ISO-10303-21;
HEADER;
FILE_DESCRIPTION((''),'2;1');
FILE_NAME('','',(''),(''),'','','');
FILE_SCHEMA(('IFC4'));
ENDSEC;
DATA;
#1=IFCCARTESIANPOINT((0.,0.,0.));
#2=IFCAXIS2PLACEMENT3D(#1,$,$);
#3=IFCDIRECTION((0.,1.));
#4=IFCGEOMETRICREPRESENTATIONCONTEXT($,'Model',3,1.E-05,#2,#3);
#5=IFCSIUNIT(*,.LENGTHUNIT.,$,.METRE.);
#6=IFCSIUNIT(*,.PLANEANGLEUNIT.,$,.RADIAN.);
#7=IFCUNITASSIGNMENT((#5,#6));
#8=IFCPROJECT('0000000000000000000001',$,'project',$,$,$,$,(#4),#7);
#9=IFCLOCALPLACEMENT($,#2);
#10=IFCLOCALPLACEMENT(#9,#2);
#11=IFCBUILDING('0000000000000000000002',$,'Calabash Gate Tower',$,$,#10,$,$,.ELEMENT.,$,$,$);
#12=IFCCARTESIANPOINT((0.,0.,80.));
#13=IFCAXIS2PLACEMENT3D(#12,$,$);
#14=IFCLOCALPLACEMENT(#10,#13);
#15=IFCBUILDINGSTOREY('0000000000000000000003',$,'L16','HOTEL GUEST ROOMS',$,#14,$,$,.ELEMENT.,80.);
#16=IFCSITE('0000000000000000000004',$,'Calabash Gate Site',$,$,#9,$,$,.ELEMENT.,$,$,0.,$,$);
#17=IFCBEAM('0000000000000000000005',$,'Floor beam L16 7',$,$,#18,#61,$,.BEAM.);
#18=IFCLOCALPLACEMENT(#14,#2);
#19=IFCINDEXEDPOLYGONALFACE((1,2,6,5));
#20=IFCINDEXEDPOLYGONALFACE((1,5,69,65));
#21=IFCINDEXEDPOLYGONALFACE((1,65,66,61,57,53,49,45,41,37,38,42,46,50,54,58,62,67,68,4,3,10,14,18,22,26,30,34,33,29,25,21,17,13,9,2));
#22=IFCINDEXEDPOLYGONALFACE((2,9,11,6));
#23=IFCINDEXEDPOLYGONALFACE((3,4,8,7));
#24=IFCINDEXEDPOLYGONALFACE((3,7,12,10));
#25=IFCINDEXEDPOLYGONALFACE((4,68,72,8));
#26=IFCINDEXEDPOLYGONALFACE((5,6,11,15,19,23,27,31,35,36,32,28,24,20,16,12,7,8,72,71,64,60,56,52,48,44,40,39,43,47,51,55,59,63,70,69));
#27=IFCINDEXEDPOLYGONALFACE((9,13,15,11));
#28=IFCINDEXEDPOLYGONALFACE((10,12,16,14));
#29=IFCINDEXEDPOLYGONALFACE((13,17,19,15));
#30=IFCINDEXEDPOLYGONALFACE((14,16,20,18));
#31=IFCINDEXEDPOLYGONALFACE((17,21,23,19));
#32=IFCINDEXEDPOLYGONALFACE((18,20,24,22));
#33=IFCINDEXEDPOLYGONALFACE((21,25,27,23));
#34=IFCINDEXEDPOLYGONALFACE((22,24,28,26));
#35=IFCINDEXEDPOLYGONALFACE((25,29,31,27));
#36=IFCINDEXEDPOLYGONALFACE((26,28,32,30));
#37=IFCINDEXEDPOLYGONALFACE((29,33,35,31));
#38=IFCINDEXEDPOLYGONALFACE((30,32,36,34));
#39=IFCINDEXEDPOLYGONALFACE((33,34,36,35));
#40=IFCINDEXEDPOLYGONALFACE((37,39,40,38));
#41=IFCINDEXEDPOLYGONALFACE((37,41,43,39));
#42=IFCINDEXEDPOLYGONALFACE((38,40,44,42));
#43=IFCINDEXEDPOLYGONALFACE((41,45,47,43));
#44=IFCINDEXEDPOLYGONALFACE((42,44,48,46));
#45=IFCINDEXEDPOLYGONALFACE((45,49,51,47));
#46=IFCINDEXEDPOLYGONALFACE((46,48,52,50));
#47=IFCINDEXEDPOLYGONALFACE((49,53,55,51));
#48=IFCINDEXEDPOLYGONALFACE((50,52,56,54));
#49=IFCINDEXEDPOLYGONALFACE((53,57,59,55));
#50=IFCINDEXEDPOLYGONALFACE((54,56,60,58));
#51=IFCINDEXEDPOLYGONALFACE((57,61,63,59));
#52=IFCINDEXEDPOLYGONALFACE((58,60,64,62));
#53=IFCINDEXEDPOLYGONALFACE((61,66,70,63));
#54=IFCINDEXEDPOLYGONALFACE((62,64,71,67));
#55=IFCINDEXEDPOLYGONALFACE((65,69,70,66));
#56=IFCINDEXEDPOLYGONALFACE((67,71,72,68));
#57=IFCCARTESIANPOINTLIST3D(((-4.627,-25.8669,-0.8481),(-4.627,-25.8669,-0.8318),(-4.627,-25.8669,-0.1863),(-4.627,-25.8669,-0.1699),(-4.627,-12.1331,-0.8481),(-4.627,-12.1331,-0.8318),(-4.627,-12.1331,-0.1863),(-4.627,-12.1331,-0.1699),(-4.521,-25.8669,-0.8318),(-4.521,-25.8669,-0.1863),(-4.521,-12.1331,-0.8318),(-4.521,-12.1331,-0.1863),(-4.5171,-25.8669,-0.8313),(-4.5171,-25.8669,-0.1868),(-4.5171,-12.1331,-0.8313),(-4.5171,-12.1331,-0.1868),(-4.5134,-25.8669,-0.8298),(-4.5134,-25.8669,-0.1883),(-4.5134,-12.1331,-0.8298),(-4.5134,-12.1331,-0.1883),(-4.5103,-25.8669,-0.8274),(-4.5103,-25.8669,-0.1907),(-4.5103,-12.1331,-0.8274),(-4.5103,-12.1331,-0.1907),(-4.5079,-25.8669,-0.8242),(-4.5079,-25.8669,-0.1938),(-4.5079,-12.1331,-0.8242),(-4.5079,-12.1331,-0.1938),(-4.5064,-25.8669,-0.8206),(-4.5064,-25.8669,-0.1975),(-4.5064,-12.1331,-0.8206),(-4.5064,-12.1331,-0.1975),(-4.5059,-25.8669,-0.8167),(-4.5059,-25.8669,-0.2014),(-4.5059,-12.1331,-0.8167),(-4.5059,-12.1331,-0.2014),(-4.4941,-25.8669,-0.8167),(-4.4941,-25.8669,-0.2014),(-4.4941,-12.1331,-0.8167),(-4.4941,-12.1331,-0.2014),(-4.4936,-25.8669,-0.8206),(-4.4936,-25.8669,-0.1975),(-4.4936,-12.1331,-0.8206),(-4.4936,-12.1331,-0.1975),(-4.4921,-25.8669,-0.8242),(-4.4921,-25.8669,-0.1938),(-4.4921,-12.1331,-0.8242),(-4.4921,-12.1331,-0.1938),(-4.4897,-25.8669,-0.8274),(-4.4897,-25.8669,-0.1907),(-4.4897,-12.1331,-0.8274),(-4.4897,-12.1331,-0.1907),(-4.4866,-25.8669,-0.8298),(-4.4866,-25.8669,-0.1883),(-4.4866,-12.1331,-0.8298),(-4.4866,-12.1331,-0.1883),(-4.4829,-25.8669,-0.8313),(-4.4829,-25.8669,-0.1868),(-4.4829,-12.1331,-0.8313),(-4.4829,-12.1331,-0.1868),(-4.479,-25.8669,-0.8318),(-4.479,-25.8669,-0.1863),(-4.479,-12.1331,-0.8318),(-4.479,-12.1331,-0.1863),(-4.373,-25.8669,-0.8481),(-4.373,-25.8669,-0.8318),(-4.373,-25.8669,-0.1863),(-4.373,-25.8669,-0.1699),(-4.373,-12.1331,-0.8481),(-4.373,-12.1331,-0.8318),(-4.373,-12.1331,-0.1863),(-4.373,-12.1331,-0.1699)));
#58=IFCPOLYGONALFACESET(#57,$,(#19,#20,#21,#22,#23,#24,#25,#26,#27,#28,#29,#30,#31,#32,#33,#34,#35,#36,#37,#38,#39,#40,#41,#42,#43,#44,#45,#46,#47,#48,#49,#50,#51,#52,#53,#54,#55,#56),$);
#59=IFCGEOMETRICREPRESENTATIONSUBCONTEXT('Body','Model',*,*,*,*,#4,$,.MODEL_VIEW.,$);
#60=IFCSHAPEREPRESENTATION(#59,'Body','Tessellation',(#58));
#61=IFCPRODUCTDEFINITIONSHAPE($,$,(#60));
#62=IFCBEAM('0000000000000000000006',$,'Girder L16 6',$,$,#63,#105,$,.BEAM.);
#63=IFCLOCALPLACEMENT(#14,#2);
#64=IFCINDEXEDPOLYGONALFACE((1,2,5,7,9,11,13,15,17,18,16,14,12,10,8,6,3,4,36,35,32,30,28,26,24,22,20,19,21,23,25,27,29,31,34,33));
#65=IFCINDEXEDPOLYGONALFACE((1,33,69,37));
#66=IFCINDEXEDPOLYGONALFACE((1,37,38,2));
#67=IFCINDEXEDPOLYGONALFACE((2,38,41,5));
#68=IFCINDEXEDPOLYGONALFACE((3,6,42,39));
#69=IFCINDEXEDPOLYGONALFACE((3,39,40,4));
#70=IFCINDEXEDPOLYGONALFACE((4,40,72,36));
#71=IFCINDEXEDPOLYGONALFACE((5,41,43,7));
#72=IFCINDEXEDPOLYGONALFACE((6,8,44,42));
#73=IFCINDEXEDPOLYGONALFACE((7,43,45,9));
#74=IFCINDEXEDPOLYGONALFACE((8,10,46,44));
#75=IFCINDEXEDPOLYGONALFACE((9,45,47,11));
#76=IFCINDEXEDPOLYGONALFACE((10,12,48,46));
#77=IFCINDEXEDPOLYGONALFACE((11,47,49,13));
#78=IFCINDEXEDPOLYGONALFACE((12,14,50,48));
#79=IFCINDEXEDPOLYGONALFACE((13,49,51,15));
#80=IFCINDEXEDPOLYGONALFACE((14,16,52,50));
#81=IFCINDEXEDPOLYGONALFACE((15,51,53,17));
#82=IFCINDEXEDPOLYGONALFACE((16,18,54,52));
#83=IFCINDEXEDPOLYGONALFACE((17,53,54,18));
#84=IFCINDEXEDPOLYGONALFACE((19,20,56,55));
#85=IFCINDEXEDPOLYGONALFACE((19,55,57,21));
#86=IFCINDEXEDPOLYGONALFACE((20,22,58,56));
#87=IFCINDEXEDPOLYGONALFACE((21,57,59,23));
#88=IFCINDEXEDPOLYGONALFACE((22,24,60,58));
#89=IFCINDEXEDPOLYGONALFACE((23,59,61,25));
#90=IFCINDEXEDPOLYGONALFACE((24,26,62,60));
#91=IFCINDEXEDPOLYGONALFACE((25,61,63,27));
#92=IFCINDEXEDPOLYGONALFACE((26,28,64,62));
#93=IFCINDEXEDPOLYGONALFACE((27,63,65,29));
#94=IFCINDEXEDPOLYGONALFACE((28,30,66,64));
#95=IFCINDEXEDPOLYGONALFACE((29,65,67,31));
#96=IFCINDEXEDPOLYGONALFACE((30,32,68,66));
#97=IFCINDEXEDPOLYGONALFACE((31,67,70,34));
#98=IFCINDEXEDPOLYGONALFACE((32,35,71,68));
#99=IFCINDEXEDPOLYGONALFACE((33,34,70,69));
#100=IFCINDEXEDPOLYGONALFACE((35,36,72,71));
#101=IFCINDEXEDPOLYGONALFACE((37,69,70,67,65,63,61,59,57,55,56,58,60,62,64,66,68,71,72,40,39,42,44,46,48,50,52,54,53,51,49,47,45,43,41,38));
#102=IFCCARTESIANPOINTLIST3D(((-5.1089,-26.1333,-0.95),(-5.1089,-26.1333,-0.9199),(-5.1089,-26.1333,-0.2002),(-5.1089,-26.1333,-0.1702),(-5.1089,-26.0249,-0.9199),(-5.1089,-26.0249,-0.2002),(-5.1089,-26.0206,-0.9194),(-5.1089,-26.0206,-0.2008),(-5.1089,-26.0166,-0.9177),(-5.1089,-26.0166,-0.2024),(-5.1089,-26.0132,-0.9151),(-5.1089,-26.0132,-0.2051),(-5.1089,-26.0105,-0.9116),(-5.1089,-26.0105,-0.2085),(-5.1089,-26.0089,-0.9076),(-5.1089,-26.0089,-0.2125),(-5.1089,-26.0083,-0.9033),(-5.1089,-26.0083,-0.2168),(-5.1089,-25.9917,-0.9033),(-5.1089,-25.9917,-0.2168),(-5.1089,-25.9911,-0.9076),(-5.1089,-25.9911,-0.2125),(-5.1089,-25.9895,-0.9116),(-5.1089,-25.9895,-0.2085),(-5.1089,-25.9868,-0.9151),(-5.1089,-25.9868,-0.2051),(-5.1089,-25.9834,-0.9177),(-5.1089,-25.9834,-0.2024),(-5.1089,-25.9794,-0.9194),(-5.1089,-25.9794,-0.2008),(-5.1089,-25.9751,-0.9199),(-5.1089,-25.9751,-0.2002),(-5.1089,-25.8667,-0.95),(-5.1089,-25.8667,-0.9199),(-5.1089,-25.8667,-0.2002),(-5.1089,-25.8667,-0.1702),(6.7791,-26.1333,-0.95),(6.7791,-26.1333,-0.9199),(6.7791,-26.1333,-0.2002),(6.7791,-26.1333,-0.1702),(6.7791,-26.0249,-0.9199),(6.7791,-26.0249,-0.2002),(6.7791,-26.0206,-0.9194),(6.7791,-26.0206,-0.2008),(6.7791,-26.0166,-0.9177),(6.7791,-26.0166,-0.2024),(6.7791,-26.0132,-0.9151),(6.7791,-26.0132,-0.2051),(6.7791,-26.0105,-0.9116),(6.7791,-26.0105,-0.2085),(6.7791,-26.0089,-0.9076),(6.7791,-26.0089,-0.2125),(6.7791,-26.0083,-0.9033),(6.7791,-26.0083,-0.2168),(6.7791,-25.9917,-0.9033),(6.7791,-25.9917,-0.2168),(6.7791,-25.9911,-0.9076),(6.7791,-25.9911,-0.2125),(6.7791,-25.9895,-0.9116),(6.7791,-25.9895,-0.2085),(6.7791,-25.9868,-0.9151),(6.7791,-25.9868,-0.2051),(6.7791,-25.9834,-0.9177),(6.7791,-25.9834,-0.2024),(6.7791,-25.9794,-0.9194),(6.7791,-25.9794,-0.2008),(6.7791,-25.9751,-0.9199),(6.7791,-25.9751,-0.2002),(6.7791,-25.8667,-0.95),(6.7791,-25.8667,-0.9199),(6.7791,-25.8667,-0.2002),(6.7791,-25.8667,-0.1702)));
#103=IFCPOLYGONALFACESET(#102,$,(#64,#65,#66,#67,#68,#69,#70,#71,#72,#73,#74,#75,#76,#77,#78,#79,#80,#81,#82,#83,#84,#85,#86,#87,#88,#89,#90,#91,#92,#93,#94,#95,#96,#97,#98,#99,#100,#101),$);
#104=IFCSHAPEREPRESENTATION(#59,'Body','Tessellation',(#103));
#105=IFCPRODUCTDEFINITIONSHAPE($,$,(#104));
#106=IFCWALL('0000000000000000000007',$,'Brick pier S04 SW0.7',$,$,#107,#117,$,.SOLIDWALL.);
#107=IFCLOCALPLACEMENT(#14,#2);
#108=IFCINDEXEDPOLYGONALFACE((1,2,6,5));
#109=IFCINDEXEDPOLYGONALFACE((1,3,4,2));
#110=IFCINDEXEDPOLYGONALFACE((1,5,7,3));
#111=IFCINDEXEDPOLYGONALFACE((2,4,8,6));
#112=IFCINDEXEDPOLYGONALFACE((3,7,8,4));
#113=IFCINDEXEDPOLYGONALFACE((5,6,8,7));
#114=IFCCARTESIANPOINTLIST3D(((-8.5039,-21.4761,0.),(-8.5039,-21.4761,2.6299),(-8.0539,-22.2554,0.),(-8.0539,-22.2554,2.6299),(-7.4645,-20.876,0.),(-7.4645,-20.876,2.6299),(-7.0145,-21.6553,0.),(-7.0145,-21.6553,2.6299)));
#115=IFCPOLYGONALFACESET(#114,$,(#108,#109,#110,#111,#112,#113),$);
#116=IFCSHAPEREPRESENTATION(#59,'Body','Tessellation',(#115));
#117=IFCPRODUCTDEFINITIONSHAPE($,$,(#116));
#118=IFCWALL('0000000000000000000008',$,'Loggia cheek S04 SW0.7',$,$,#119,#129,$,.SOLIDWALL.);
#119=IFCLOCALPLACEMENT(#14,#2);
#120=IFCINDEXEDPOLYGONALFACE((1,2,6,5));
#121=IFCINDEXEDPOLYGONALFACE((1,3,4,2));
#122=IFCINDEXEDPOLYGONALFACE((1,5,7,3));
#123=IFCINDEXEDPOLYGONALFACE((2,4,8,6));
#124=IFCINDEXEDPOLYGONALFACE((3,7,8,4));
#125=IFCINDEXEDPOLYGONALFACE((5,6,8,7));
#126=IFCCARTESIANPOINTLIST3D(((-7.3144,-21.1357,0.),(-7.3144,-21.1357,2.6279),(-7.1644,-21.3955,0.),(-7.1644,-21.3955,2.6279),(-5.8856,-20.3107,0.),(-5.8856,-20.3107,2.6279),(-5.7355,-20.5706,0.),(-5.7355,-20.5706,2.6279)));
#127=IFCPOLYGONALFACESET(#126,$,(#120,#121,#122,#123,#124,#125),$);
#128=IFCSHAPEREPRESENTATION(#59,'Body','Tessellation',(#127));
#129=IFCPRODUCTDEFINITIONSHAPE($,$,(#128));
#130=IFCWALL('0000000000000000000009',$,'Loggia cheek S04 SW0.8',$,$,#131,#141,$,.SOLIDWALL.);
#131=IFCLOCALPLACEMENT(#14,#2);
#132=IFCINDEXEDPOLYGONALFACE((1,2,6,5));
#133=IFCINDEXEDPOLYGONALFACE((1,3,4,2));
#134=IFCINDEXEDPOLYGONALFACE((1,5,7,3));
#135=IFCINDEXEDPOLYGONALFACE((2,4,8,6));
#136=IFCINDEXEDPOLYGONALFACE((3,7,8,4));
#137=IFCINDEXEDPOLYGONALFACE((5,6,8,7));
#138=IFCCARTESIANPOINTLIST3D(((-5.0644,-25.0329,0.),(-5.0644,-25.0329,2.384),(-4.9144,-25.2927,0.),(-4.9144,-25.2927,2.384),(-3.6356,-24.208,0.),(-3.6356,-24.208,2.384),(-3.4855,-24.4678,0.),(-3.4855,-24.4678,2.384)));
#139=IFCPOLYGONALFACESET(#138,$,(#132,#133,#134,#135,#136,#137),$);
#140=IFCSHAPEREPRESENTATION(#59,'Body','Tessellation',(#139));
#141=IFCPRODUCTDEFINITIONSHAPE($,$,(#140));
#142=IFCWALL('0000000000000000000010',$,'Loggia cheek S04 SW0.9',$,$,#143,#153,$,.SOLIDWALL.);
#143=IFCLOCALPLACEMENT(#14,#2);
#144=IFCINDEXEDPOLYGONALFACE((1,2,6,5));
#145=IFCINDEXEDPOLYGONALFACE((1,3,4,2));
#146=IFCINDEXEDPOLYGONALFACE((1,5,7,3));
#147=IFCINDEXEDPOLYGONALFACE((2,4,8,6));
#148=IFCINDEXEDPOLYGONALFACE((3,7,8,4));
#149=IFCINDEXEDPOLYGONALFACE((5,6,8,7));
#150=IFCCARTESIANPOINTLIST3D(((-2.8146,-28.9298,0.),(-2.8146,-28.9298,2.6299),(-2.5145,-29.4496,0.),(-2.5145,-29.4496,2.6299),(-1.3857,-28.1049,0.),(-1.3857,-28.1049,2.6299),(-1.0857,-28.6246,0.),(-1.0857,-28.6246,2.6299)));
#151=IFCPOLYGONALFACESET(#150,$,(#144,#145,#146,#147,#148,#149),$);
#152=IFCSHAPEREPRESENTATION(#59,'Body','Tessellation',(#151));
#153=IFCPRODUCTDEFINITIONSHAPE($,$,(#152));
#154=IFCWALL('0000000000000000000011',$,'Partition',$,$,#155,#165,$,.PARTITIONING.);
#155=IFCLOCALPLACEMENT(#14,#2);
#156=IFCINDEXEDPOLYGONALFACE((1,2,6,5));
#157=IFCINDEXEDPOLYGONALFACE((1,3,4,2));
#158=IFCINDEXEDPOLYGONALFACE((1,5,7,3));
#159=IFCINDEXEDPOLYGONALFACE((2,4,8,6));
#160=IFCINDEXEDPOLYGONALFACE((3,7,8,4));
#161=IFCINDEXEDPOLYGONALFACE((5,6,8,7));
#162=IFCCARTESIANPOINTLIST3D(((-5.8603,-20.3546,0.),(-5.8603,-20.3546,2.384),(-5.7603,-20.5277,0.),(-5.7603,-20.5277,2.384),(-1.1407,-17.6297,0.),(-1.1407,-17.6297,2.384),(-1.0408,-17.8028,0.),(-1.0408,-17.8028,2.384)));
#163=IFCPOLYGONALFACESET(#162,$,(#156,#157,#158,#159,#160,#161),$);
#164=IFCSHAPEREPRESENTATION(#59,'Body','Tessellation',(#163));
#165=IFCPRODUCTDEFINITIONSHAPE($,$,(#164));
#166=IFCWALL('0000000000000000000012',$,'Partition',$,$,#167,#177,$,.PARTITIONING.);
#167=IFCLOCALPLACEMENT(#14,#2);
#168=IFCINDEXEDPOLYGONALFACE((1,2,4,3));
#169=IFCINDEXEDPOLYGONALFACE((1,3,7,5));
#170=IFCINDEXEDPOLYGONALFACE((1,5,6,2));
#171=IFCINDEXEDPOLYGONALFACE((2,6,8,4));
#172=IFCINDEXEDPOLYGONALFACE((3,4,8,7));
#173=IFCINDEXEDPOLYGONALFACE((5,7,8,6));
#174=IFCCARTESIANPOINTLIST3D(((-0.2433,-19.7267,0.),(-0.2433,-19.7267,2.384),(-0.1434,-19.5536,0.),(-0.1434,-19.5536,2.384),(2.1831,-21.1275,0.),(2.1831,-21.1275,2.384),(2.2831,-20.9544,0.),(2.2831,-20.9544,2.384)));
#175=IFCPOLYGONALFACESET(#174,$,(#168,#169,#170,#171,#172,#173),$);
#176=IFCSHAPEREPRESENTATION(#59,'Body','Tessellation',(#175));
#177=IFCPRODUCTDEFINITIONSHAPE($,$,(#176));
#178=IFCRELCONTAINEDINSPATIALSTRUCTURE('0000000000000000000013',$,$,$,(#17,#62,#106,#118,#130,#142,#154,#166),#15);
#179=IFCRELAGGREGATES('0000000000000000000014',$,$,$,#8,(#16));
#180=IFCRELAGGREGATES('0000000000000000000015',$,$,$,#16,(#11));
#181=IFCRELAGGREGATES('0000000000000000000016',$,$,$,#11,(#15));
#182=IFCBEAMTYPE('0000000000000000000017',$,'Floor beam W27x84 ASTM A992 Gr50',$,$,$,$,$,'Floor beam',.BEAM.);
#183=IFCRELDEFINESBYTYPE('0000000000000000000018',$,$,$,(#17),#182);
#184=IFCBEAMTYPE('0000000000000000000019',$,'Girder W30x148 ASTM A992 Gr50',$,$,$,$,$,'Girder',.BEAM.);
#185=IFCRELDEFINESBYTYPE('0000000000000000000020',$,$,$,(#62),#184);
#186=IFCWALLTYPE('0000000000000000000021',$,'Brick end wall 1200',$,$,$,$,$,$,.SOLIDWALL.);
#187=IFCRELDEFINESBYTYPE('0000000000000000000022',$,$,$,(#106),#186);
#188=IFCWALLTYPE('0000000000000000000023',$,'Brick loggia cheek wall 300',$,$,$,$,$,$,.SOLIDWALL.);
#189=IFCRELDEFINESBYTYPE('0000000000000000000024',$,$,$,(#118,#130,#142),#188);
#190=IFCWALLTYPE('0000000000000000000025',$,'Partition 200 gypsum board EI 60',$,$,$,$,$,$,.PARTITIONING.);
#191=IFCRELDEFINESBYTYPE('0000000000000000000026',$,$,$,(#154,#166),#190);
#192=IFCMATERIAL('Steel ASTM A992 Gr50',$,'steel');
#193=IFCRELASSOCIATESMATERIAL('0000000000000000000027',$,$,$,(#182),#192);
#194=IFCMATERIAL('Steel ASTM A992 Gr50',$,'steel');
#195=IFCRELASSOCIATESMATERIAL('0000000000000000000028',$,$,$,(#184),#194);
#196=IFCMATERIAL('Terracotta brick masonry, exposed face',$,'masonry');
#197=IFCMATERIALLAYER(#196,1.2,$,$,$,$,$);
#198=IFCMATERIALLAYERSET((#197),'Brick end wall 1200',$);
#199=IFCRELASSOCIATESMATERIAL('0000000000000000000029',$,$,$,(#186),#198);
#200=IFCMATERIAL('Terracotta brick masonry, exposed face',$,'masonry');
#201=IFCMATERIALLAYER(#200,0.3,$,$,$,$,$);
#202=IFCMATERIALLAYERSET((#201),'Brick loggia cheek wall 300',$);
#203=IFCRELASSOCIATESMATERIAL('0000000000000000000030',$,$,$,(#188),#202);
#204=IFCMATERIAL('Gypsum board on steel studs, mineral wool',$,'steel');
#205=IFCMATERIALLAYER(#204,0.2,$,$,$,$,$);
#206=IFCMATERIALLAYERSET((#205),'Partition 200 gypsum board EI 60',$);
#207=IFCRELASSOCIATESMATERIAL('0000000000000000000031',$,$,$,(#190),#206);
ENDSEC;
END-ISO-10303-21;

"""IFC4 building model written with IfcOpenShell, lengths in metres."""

from ifc_helpers import new_model, si_unit, direction, frame, frame_2d, origin, origin_2d, place, context, subcontext, project, spatial, rectangle, i_section, extrude, material, layer, layer_set, material_profile, profile_set, type_object, element, save


model = new_model("IFC4")

# Units and contexts
model_context = context("Model", 3, precision=1e-05, world=origin(), true_north=direction((0.0, 1.0)))
body_context = subcontext(model_context, "Body", "Model", "MODEL_VIEW")
ifc_project = project(units=[si_unit("LENGTHUNIT", "METRE"), si_unit("PLANEANGLEUNIT", "RADIAN")], contexts=[model_context])

# Site, building, storey
site_placement = place(None, origin())
site = spatial("IfcSite", under=ifc_project, at=site_placement, Name="Calabash Gate Site", CompositionType="ELEMENT", RefElevation=0.0)
building_placement = place(site_placement, origin())
building = spatial("IfcBuilding", under=site, at=building_placement, Name="Calabash Gate Tower", CompositionType="ELEMENT")
storey_placement = place(building_placement, frame((0.0, 0.0, 80.0)))
storey = spatial("IfcBuildingStorey", under=building, at=storey_placement, Name="L16", Description="HOTEL GUEST ROOMS", CompositionType="ELEMENT", Elevation=80.0)

# Beams
ifc_material_1 = material(Name="Steel ASTM A992 Gr50", Category="steel")
ifc_material_profile_1 = material_profile(ifc_material_1, i_section(OverallWidth=0.2539, OverallDepth=0.6782, WebThickness=0.0117, FlangeThickness=0.0164, FilletRadius=0.0151, at=origin_2d()))
ifc_profile_set_1 = profile_set([ifc_material_profile_1], Name="Steel ASTM A992 Gr50")
beam_type_1 = type_object("IfcBeamType", Name="Floor beam W27x84 ASTM A992 Gr50", ElementType="Floor beam", PredefinedType="BEAM", material=ifc_profile_set_1)
beam_1_placement = place(storey_placement, frame((-4.5, -25.8669, -0.509), z_axis=(0.0, 1.0, 0.0), x_axis=(-1.0, 0.0, 0.0)))
element("IfcBeam", 1, at=beam_1_placement, inside=storey, type_object=beam_type_1, Name="Floor beam L16 7", PredefinedType="BEAM", context=body_context, shape_type="SweptSolid", body=[
    extrude(i_section(OverallWidth=0.2539, OverallDepth=0.6782, WebThickness=0.0117, FlangeThickness=0.0164, FilletRadius=0.0151, at=origin_2d()), origin(), (0.0, 0.0, 1.0), 13.7339),
])
ifc_material_2 = material(Name="Steel ASTM A992 Gr50", Category="steel")
ifc_material_profile_2 = material_profile(ifc_material_2, i_section(OverallWidth=0.2666, OverallDepth=0.7798, WebThickness=0.0166, FlangeThickness=0.03, FilletRadius=0.0166, at=origin_2d()))
ifc_profile_set_2 = profile_set([ifc_material_profile_2], Name="Steel ASTM A992 Gr50")
beam_type_2 = type_object("IfcBeamType", Name="Girder W30x148 ASTM A992 Gr50", ElementType="Girder", PredefinedType="BEAM", material=ifc_profile_set_2)
beam_2_placement = place(storey_placement, frame((-5.1089, -26.0, -0.5601), z_axis=(1.0, 0.0, 0.0), x_axis=(0.0, 1.0, 0.0)))
element("IfcBeam", 2, at=beam_2_placement, inside=storey, type_object=beam_type_2, Name="Girder L16 6", PredefinedType="BEAM", context=body_context, shape_type="SweptSolid", body=[
    extrude(i_section(OverallWidth=0.2666, OverallDepth=0.7798, WebThickness=0.0166, FlangeThickness=0.03, FilletRadius=0.0166, at=origin_2d()), origin(), (0.0, 0.0, 1.0), 11.8879),
])

# Walls
ifc_material_3 = material(Name="Terracotta brick masonry, exposed face", Category="masonry")
ifc_layer_1 = layer(ifc_material_3, 1.2)
ifc_layer_set_1 = layer_set([ifc_layer_1], Name="Brick end wall 1200")
wall_type_1 = type_object("IfcWallType", Name="Brick end wall 1200", PredefinedType="SOLIDWALL", material=ifc_layer_set_1)
wall_1_placement = place(storey_placement, frame((-7.2395, -21.2656, 0.0), z_axis=(0.0, 0.0, 1.0), x_axis=(-0.866006, -0.500034, 0.0)))
element("IfcWall", 3, at=wall_1_placement, inside=storey, type_object=wall_type_1, Name="Brick pier S04 SW0.7", PredefinedType="SOLIDWALL", context=body_context, shape_type="SweptSolid", body=[
    extrude(rectangle(XDim=1.2002, YDim=0.8999, at=frame_2d((0.6001, 0.0))), origin(), (0.0, 0.0, 1.0), 2.6299),
])
ifc_material_4 = material(Name="Terracotta brick masonry, exposed face", Category="masonry")
ifc_layer_2 = layer(ifc_material_4, 0.3)
ifc_layer_set_2 = layer_set([ifc_layer_2], Name="Brick loggia cheek wall 300")
wall_type_2 = type_object("IfcWallType", Name="Brick loggia cheek wall 300", PredefinedType="SOLIDWALL", material=ifc_layer_set_2)
wall_2_placement = place(storey_placement, frame((-5.8105, -20.4407, 0.0), z_axis=(0.0, 0.0, 1.0), x_axis=(-0.86604, -0.499974, 0.0)))
element("IfcWall", 4, at=wall_2_placement, inside=storey, type_object=wall_type_2, Name="Loggia cheek S04 SW0.7", PredefinedType="SOLIDWALL", context=body_context, shape_type="SweptSolid", body=[
    extrude(rectangle(XDim=1.6499, YDim=0.3, at=frame_2d((0.825, 0.0))), origin(), (0.0, 0.0, 1.0), 2.6279),
])
wall_3_placement = place(storey_placement, frame((-3.5605, -24.3379, 0.0), z_axis=(0.0, 0.0, 1.0), x_axis=(-0.86604, -0.499974, 0.0)))
element("IfcWall", 5, at=wall_3_placement, inside=storey, type_object=wall_type_2, Name="Loggia cheek S04 SW0.8", PredefinedType="SOLIDWALL", context=body_context, shape_type="SweptSolid", body=[
    extrude(rectangle(XDim=1.6499, YDim=0.3, at=frame_2d((0.825, 0.0))), origin(), (0.0, 0.0, 1.0), 2.384),
])
wall_4_placement = place(storey_placement, frame((-2.6646, -29.1897, 0.0), z_axis=(0.0, 0.0, 1.0), x_axis=(0.86604, 0.499974, 0.0)))
element("IfcWall", 6, at=wall_4_placement, inside=storey, type_object=wall_type_2, Name="Loggia cheek S04 SW0.9", PredefinedType="SOLIDWALL", context=body_context, shape_type="SweptSolid", body=[
    extrude(rectangle(XDim=1.6499, YDim=0.6001, at=frame_2d((0.825, 0.0))), origin(), (0.0, 0.0, 1.0), 2.6299),
])
ifc_material_5 = material(Name="Gypsum board on steel studs, mineral wool", Category="steel")
ifc_layer_3 = layer(ifc_material_5, 0.2)
ifc_layer_set_3 = layer_set([ifc_layer_3], Name="Partition 200 gypsum board EI 60")
wall_type_3 = type_object("IfcWallType", Name="Partition 200 gypsum board EI 60", PredefinedType="PARTITIONING", material=ifc_layer_set_3)
wall_5_placement = place(storey_placement, frame((-5.8103, -20.4412, 0.0), z_axis=(0.0, 0.0, 1.0), x_axis=(0.866021, 0.500008, 0.0)))
element("IfcWall", 7, at=wall_5_placement, inside=storey, type_object=wall_type_3, Name="Partition", PredefinedType="PARTITIONING", context=body_context, shape_type="SweptSolid", body=[
    extrude(rectangle(XDim=5.4497, YDim=0.2, at=frame_2d((2.7249, 0.0))), origin(), (0.0, 0.0, 1.0), 2.384),
])
wall_6_placement = place(storey_placement, frame((-0.1934, -19.6401, 0.0), z_axis=(0.0, 0.0, 1.0), x_axis=(0.866036, -0.499981, 0.0)))
element("IfcWall", 8, at=wall_6_placement, inside=storey, type_object=wall_type_3, Name="Partition", PredefinedType="PARTITIONING", context=body_context, shape_type="SweptSolid", body=[
    extrude(rectangle(XDim=2.8018, YDim=0.2, at=frame_2d((1.4009, 0.0))), origin(), (0.0, 0.0, 1.0), 2.384),
])

save(model, "model.ifc")
